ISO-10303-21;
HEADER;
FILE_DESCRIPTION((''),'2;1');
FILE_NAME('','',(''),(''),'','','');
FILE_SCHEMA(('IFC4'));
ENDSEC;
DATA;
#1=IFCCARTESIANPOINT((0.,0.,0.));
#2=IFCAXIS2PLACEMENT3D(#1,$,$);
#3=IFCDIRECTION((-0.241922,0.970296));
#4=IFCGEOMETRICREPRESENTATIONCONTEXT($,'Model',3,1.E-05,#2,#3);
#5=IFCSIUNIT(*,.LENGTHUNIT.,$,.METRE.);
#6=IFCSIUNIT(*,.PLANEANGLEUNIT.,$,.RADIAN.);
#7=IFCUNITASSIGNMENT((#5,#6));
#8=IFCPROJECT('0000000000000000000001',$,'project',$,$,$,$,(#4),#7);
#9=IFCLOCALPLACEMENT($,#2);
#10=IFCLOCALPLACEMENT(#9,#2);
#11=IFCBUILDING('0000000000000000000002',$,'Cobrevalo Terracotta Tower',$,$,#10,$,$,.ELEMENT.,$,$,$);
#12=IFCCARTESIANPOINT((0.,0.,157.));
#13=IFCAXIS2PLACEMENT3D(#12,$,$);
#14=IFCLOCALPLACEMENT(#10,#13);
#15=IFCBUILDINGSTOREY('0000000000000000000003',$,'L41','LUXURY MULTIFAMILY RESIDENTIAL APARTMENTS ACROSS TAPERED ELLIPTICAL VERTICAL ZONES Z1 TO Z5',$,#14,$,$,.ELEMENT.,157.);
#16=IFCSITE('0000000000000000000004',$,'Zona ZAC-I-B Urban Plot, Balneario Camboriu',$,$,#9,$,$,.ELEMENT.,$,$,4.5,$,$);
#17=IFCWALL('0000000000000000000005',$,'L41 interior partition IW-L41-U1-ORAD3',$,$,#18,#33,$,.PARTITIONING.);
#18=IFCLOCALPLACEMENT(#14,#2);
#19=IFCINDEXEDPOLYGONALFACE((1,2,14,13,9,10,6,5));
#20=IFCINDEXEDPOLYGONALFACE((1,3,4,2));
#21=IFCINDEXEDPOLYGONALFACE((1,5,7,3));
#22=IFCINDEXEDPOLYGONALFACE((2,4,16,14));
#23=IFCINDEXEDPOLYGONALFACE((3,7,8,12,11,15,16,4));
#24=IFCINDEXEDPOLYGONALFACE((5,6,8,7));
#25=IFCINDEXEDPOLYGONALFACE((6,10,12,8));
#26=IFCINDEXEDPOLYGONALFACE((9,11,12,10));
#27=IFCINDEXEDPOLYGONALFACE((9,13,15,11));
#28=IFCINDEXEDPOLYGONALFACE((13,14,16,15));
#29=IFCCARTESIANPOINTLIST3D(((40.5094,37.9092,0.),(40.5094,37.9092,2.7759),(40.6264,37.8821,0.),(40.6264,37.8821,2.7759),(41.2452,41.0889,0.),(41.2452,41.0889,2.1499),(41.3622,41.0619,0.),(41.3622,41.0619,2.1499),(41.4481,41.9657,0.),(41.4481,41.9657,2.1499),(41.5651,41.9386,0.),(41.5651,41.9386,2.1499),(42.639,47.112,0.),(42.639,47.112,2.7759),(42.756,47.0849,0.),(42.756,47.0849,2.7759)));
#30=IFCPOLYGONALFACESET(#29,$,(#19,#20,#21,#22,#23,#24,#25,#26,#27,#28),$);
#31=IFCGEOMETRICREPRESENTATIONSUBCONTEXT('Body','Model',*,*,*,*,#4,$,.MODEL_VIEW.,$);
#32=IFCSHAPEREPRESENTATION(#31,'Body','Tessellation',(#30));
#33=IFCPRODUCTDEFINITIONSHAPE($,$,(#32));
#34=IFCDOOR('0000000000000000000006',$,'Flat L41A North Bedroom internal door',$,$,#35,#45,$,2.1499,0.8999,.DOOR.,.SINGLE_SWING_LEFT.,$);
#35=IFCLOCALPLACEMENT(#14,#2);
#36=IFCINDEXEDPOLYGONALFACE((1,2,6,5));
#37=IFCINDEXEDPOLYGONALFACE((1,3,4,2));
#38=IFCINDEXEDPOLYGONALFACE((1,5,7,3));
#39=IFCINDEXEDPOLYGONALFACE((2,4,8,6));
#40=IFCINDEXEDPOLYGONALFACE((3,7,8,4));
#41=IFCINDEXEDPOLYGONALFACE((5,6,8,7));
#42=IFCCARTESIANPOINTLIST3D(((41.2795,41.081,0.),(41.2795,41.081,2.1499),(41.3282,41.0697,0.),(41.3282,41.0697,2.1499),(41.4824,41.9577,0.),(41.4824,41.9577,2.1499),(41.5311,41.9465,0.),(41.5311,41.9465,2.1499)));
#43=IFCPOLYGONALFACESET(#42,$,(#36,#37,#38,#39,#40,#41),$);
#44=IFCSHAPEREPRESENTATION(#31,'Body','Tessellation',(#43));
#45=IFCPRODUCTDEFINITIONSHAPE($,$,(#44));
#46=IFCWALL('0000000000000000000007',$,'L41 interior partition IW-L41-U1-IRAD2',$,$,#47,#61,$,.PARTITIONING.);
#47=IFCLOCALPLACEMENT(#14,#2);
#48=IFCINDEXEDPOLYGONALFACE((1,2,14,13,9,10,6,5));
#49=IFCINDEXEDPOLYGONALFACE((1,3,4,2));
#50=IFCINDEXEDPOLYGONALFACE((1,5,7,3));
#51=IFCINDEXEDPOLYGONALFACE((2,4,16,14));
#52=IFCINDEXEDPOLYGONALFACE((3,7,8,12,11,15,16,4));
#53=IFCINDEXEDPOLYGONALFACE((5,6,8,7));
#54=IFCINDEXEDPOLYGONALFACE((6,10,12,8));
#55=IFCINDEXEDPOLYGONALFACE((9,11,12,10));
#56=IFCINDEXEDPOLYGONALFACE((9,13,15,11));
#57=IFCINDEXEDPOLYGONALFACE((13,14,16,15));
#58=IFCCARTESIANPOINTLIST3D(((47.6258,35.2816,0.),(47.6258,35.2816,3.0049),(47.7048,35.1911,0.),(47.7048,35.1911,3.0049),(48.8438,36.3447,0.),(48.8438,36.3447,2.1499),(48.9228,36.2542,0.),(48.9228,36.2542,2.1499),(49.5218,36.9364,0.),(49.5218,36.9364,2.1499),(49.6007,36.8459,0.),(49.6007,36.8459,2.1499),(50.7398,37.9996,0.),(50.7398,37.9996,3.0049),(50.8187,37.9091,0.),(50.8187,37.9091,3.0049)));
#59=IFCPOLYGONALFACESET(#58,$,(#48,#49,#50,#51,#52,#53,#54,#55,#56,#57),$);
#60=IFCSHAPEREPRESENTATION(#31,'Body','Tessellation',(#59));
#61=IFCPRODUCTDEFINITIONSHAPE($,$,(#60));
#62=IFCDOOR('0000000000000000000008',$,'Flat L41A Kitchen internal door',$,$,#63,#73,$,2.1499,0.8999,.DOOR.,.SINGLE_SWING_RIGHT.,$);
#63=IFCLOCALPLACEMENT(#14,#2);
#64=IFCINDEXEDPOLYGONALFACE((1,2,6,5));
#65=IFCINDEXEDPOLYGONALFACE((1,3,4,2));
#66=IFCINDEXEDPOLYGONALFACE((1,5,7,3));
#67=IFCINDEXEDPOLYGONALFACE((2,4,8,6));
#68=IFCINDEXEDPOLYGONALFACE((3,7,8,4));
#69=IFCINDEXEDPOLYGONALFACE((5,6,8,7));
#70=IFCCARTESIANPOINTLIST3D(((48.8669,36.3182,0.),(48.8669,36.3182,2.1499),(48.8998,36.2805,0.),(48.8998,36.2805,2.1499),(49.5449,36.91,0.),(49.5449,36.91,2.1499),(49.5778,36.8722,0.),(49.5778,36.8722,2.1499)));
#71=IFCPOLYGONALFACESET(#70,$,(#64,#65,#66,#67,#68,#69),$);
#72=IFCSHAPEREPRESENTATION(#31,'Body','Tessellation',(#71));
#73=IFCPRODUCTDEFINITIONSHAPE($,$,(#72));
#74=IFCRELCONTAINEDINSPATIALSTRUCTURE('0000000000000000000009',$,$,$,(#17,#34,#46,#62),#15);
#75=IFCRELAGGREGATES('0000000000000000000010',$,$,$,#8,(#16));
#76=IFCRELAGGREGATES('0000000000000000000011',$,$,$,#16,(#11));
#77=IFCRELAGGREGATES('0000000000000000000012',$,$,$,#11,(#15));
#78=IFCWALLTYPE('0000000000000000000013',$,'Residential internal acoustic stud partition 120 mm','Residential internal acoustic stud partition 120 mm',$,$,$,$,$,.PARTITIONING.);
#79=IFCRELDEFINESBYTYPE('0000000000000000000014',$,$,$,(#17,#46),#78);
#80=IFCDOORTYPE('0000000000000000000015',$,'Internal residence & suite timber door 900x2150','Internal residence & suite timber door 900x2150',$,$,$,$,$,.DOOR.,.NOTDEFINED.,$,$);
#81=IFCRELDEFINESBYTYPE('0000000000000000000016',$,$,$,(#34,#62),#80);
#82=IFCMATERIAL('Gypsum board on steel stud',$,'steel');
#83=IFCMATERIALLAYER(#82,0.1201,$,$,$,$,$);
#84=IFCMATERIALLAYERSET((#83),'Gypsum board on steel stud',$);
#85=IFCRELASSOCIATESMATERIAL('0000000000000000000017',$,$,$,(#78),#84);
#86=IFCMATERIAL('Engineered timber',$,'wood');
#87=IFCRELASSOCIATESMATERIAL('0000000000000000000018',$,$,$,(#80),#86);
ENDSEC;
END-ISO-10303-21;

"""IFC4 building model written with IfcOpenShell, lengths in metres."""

from ifc_helpers import new_model, si_unit, direction, frame, frame_2d, origin, place, context, subcontext, project, spatial, rectangle, extrude, source, transform, mapped, material, layer, layer_set, type_object, element, fill, save


model = new_model("IFC4")

# Units and contexts
model_context = context("Model", 3, precision=1e-05, world=origin(), true_north=direction((-0.241922, 0.970296)))
body_context = subcontext(model_context, "Body", "Model", "MODEL_VIEW")
ifc_project = project(units=[si_unit("LENGTHUNIT", "METRE"), si_unit("PLANEANGLEUNIT", "RADIAN")], contexts=[model_context])

# Site, building, storey
site_placement = place(None, origin())
site = spatial("IfcSite", under=ifc_project, at=site_placement, Name="Zona ZAC-I-B Urban Plot, Balneario Camboriu", CompositionType="ELEMENT", RefElevation=4.5)
building_placement = place(site_placement, origin())
building = spatial("IfcBuilding", under=site, at=building_placement, Name="Cobrevalo Terracotta Tower", CompositionType="ELEMENT")
storey_placement = place(building_placement, frame((0.0, 0.0, 157.0)))
storey = spatial("IfcBuildingStorey", under=building, at=storey_placement, Name="L41", Description="LUXURY MULTIFAMILY RESIDENTIAL APARTMENTS ACROSS TAPERED ELLIPTICAL VERTICAL ZONES Z1 TO Z5", CompositionType="ELEMENT", Elevation=157.0)

# Walls, openings, doors
ifc_material_1 = material(Name="Gypsum board on steel stud", Category="steel")
ifc_layer_1 = layer(ifc_material_1, 0.1201)
ifc_layer_set_1 = layer_set([ifc_layer_1], Name="Gypsum board on steel stud")
wall_type = type_object("IfcWallType", Name="Residential internal acoustic stud partition 120 mm", Description="Residential internal acoustic stud partition 120 mm", PredefinedType="PARTITIONING", material=ifc_layer_set_1)
ifc_material_2 = material(Name="Engineered timber", Category="wood")
door_type = type_object("IfcDoorType", Name="Internal residence & suite timber door 900x2150", Description="Internal residence & suite timber door 900x2150", OperationType="NOTDEFINED", PredefinedType="DOOR", material=ifc_material_2)
shared_shape_1 = source(origin(), body_context, "Body", "SweptSolid", [
    extrude(rectangle(XDim=0.8999, YDim=2.1499, at=frame_2d((0.45, 1.075))), frame((0.0, 0.0249, 0.0), z_axis=(0.0, -1.0, 0.0), x_axis=(1.0, 0.0, 0.0)), (0.0, 0.0, 1.0), 0.05),
])
wall_1_placement = place(storey_placement, frame((40.5679, 37.8955, 0.0), z_axis=(0.0, 0.0, 1.0), x_axis=(0.225452, 0.974254, 0.0)))
wall_1 = element("IfcWall", 1, at=wall_1_placement, inside=storey, type_object=wall_type, Name="L41 interior partition IW-L41-U1-ORAD3", PredefinedType="PARTITIONING", context=body_context, shape_type="SweptSolid", body=[
    extrude(rectangle(XDim=9.446, YDim=0.1201, at=frame_2d((4.7231, 0.0))), origin(), (0.0, 0.0, 1.0), 2.7759),
])
opening_1_placement = place(wall_1_placement, frame((3.2639, 0.0, 0.0)))
opening_1 = element("IfcOpeningElement", 2, at=opening_1_placement, cuts=wall_1, PredefinedType="OPENING", context=body_context, shape_type="SweptSolid", body=[
    extrude(rectangle(XDim=0.8999, YDim=2.1499, at=frame_2d((0.45, 1.075))), frame((0.0, 0.0701, 0.0), z_axis=(0.0, -1.0, 0.0), x_axis=(1.0, 0.0, 0.0)), (0.0, 0.0, 1.0), 0.1401),
])
door_1_placement = place(opening_1_placement, origin())
door_1 = element("IfcDoor", 3, at=door_1_placement, inside=storey, type_object=door_type, Name="Flat L41A North Bedroom internal door", OperationType="SINGLE_SWING_LEFT", OverallHeight=2.1499, OverallWidth=0.8999, PredefinedType="DOOR", context=body_context, shape_type="MappedRepresentation", body=[
    mapped(shared_shape_1, transform((0.0, 0.0, 0.0), scale=1.0)),
])
fill(opening_1, door_1)
wall_2_placement = place(storey_placement, frame((47.6653, 35.2363, 0.0), z_axis=(0.0, 0.0, 1.0), x_axis=(0.753385, 0.65758, 0.0)))
wall_2 = element("IfcWall", 4, at=wall_2_placement, inside=storey, type_object=wall_type, Name="L41 interior partition IW-L41-U1-IRAD2", PredefinedType="PARTITIONING", context=body_context, shape_type="SweptSolid", body=[
    extrude(rectangle(XDim=4.1333, YDim=0.1201, at=frame_2d((2.0667, 0.0))), origin(), (0.0, 0.0, 1.0), 3.0049),
])
opening_2_placement = place(wall_2_placement, frame((1.6167, 0.0, 0.0)))
opening_2 = element("IfcOpeningElement", 5, at=opening_2_placement, cuts=wall_2, PredefinedType="OPENING", context=body_context, shape_type="SweptSolid", body=[
    extrude(rectangle(XDim=0.8999, YDim=2.1499, at=frame_2d((0.45, 1.075))), frame((0.0, 0.0701, 0.0), z_axis=(0.0, -1.0, 0.0), x_axis=(1.0, 0.0, 0.0)), (0.0, 0.0, 1.0), 0.1401),
])
door_2_placement = place(opening_2_placement, origin())
door_2 = element("IfcDoor", 6, at=door_2_placement, inside=storey, type_object=door_type, Name="Flat L41A Kitchen internal door", OperationType="SINGLE_SWING_RIGHT", OverallHeight=2.1499, OverallWidth=0.8999, PredefinedType="DOOR", context=body_context, shape_type="MappedRepresentation", body=[
    mapped(shared_shape_1, transform((0.0, 0.0, 0.0), scale=1.0)),
])
fill(opening_2, door_2)

save(model, "model.ifc")
